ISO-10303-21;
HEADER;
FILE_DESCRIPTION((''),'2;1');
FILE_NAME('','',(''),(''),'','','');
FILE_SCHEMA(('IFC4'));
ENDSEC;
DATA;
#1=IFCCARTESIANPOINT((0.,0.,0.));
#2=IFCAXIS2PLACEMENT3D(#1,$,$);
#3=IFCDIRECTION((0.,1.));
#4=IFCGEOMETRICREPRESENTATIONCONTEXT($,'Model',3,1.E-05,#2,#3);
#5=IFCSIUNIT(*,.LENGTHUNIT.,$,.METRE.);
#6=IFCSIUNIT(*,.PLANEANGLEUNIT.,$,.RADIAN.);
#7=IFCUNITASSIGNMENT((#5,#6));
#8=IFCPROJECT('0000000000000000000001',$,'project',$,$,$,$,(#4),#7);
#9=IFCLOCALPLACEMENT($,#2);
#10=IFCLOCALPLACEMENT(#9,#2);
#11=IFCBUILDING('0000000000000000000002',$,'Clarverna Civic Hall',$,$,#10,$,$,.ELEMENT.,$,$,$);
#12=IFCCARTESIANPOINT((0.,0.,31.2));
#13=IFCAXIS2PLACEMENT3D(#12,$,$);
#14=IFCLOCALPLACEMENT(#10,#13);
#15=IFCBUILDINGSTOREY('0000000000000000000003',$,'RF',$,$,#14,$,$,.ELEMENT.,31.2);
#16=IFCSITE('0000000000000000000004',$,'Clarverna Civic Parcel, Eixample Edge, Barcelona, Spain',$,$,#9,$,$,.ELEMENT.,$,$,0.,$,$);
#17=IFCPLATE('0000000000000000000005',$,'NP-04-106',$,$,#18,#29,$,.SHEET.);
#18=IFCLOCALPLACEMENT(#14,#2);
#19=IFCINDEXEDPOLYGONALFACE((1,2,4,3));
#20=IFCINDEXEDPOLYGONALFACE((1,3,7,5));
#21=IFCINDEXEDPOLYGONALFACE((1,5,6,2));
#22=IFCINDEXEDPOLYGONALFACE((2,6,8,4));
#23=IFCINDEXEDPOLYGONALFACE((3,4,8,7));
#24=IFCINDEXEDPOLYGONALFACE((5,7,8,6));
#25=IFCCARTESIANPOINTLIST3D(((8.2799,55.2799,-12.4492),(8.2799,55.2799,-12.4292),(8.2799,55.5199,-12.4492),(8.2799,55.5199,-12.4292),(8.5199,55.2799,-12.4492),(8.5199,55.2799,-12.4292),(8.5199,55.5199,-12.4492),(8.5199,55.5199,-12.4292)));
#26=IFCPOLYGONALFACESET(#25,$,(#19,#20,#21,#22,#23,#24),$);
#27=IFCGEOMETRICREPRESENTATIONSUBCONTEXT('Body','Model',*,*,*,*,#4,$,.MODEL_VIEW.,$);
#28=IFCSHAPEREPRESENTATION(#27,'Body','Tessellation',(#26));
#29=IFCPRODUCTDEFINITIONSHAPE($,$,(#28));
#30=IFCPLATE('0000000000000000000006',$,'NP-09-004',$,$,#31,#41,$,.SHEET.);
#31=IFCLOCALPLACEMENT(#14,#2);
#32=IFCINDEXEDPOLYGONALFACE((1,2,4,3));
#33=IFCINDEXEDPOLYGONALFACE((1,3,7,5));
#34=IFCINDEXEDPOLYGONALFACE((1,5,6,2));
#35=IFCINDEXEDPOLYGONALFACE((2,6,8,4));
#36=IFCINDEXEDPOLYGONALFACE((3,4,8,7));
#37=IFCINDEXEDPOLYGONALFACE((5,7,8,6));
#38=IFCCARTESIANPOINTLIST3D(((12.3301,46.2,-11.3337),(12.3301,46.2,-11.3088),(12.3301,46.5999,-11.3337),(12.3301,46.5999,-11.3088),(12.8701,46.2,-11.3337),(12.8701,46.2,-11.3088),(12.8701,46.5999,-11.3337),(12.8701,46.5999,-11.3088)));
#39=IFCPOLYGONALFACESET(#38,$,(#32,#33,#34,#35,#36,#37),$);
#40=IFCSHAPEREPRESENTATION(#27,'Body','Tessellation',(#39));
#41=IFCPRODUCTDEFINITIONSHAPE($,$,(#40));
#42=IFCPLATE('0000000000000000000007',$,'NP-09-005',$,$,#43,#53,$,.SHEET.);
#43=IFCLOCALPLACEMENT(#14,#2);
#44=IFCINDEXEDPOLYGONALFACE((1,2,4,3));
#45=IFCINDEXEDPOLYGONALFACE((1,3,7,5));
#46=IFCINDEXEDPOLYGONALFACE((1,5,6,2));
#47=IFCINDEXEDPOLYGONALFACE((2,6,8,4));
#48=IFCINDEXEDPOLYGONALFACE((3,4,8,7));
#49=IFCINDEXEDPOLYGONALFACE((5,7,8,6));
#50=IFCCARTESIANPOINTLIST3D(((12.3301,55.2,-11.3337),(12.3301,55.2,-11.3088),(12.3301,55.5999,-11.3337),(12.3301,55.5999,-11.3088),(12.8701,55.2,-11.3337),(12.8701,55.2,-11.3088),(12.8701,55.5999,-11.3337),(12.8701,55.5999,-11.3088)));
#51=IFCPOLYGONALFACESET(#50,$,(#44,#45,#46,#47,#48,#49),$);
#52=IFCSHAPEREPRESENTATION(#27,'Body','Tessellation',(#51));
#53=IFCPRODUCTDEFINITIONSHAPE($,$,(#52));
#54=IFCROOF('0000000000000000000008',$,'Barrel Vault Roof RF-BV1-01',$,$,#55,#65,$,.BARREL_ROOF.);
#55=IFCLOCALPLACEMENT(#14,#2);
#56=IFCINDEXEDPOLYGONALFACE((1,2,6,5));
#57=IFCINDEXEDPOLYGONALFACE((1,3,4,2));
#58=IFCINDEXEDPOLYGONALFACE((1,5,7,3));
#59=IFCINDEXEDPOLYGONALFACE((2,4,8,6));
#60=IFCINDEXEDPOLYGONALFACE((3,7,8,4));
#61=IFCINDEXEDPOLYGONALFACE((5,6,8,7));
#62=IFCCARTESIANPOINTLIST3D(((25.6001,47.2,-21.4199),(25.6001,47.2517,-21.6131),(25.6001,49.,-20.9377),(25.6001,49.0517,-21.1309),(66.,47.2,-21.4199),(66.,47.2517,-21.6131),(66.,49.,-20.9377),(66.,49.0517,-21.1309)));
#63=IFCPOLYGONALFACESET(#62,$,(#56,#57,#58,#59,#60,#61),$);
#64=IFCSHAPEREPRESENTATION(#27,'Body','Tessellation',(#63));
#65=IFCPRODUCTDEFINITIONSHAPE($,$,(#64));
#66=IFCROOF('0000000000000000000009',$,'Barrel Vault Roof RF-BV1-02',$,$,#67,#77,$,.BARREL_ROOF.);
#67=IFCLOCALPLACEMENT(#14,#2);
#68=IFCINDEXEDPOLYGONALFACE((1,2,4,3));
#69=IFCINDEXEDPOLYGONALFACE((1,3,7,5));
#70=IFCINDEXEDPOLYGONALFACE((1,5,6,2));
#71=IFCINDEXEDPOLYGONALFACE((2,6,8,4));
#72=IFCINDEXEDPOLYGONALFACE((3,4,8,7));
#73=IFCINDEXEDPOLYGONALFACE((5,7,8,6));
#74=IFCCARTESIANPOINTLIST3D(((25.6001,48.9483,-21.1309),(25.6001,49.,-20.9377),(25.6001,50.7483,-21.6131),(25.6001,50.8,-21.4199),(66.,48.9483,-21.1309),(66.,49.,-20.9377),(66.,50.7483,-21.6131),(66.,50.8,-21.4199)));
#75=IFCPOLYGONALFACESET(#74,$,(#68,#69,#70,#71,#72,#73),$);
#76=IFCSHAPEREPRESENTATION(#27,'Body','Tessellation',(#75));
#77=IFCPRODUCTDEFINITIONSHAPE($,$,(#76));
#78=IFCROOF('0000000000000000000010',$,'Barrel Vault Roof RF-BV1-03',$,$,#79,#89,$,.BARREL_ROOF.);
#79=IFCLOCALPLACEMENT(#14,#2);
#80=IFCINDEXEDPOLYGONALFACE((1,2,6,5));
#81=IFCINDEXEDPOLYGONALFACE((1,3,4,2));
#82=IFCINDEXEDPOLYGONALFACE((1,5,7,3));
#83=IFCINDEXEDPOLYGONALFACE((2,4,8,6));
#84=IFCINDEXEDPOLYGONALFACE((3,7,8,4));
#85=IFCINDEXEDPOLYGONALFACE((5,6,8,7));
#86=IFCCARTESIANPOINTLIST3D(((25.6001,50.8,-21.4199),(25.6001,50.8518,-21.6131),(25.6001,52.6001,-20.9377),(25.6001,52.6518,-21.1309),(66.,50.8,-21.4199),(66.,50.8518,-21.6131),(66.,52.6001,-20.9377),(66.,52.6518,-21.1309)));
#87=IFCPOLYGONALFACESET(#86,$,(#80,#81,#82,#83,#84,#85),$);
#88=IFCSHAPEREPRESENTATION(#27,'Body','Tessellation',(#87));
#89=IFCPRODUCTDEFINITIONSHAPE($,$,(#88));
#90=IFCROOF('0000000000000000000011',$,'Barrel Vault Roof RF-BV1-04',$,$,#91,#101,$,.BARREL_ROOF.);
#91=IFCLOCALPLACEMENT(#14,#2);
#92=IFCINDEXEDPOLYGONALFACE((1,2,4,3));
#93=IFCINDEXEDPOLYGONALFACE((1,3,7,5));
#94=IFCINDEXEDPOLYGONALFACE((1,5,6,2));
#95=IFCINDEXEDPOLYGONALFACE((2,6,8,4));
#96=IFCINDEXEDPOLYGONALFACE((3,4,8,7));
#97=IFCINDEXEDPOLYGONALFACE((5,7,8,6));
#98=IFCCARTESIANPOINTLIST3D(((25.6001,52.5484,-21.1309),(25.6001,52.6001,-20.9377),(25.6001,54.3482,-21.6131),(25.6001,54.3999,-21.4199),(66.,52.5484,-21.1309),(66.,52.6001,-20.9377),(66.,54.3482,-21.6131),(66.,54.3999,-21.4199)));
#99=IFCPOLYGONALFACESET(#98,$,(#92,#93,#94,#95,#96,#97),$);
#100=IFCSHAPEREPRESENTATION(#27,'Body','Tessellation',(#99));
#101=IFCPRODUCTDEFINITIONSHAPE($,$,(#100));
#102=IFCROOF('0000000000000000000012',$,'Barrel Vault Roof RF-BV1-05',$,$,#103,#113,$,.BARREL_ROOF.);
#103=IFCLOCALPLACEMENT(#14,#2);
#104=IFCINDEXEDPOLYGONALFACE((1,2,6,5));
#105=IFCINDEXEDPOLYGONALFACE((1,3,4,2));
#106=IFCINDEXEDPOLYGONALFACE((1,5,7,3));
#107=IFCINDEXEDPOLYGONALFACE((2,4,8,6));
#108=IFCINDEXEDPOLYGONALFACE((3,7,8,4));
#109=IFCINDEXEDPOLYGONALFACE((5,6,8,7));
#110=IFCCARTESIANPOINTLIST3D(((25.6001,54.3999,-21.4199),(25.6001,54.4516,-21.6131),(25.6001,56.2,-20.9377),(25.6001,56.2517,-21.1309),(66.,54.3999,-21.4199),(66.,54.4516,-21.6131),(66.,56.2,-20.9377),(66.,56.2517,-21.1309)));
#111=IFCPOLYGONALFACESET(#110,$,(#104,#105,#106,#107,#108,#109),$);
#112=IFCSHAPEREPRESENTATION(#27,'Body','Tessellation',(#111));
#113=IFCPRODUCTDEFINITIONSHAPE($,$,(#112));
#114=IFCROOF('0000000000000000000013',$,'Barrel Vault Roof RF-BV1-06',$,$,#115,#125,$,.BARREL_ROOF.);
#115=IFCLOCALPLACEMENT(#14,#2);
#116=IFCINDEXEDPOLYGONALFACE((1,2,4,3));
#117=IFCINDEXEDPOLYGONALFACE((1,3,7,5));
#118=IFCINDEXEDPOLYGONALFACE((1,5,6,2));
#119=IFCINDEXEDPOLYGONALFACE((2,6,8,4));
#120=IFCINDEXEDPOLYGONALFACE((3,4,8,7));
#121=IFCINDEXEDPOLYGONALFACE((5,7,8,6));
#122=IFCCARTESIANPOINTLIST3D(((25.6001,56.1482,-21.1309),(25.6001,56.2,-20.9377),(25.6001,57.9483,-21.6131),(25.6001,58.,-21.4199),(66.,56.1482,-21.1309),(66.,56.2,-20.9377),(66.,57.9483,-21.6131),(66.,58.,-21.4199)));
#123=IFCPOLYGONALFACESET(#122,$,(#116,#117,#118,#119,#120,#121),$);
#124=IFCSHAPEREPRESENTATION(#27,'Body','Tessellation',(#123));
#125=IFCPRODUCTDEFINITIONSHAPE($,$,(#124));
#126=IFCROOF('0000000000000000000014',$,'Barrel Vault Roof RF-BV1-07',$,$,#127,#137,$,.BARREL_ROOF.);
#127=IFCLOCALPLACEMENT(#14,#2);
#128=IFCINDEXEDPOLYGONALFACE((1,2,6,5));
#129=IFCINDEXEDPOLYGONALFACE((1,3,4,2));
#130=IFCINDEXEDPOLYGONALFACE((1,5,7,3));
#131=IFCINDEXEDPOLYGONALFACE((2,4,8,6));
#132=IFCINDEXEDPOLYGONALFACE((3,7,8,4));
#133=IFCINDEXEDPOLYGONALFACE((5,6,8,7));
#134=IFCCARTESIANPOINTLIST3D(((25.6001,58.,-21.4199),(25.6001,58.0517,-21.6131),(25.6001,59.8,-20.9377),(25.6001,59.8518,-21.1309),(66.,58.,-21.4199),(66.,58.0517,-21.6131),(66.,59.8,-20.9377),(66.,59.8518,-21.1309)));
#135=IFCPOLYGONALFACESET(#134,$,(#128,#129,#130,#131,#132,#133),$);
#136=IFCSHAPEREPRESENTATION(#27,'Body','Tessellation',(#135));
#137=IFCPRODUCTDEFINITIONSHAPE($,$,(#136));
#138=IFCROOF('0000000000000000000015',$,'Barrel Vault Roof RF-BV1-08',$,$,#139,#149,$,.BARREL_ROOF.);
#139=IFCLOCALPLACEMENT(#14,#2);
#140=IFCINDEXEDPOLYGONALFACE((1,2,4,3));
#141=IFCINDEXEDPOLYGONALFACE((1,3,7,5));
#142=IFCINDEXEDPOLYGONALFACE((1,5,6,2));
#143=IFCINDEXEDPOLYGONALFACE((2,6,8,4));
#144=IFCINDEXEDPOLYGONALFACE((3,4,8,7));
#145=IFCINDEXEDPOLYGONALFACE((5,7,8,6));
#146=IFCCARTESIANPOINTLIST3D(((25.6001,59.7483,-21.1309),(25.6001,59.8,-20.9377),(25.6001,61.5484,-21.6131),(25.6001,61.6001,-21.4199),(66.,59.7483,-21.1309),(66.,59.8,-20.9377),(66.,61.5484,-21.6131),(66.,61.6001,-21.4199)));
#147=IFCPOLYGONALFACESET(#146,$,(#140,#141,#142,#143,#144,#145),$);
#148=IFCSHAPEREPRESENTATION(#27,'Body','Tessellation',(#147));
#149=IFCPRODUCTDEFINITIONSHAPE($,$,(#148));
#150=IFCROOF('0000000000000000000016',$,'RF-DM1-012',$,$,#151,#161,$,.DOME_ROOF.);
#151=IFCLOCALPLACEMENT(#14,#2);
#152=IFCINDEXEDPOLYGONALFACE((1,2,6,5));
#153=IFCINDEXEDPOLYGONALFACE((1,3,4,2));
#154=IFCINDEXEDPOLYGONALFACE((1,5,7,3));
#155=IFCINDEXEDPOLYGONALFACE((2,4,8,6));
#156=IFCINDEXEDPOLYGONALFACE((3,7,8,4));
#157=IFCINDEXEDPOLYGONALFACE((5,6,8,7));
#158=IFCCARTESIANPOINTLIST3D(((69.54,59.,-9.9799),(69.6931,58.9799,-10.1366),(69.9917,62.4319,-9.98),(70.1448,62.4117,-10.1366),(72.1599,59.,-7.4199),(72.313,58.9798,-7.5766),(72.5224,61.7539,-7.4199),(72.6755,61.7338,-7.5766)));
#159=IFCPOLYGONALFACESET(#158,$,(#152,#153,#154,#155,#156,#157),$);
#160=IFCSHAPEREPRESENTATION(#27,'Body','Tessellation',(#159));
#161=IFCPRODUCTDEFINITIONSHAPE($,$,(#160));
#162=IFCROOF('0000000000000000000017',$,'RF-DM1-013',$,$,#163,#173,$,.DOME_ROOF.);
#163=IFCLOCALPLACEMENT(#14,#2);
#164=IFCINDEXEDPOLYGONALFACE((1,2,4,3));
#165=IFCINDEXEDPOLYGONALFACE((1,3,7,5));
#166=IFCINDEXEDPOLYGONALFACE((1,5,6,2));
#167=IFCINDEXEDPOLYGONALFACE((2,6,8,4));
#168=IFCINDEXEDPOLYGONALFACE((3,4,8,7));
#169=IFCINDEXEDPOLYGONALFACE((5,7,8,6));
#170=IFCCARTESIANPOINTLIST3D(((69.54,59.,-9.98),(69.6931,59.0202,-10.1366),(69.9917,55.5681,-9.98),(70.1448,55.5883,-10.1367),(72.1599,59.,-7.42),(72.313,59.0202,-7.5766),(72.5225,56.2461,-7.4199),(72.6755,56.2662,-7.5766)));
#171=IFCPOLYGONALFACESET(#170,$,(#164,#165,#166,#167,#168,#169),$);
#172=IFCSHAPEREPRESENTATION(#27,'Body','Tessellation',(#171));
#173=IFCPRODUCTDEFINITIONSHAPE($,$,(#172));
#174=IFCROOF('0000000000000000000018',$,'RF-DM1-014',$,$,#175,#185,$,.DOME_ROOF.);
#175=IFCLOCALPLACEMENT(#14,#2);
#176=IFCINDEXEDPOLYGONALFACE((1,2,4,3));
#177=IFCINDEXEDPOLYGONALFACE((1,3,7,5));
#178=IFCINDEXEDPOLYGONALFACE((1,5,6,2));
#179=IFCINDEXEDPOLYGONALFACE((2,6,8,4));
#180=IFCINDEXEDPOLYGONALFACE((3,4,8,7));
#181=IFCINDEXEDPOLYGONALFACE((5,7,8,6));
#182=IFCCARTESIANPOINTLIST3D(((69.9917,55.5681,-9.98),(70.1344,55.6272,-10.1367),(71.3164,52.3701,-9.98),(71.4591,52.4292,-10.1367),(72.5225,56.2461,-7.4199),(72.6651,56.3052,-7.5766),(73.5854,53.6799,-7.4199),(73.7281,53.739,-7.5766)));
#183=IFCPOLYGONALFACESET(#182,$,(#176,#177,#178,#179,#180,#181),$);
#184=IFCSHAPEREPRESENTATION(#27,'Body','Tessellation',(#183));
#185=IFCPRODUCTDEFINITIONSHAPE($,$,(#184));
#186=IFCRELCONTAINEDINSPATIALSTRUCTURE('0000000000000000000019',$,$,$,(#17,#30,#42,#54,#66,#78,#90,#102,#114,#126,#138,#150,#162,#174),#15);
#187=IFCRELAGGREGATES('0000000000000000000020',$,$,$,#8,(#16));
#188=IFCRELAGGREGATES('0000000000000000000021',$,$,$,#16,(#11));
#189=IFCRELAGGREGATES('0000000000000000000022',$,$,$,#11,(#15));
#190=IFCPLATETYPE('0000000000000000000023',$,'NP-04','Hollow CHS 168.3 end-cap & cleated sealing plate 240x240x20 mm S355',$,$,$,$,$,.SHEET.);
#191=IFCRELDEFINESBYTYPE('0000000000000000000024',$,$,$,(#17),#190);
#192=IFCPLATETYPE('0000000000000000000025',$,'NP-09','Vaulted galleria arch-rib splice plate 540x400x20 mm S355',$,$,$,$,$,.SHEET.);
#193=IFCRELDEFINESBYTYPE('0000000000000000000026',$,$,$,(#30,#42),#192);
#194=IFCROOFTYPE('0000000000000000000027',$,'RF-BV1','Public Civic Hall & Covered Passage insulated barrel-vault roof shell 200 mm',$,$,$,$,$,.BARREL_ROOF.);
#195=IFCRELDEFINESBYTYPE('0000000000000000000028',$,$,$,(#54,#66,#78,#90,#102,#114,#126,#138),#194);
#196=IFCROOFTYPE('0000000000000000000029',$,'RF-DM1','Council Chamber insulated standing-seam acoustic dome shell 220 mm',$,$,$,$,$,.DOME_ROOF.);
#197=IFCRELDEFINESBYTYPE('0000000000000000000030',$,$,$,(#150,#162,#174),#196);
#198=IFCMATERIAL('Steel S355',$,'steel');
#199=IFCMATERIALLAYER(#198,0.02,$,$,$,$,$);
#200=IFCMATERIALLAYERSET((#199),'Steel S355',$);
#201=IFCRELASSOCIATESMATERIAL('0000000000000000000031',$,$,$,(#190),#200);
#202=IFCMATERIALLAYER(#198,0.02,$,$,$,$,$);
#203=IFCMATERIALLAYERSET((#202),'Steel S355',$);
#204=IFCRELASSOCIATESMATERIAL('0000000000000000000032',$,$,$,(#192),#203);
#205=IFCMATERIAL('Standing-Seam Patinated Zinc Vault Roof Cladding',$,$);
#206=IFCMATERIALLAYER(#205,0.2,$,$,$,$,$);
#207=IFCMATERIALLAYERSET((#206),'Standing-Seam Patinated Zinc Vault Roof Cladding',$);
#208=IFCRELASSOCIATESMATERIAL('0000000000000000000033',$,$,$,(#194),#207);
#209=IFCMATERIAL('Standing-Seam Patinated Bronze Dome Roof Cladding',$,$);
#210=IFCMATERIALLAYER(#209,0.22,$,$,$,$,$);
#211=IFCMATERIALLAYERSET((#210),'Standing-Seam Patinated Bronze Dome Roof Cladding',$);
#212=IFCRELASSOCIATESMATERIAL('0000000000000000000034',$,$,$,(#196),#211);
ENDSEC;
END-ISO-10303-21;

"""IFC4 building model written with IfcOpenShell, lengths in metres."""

from ifc_helpers import new_model, si_unit, direction, frame, origin, origin_2d, place, context, subcontext, project, spatial, polyline, rectangle, outline, extrude, material, layer, layer_set, type_object, element, save


model = new_model("IFC4")

# Units and contexts
model_context = context("Model", 3, precision=1e-05, world=origin(), true_north=direction((0.0, 1.0)))
body_context = subcontext(model_context, "Body", "Model", "MODEL_VIEW")
ifc_project = project(units=[si_unit("LENGTHUNIT", "METRE"), si_unit("PLANEANGLEUNIT", "RADIAN")], contexts=[model_context])

# Site, building, storey
site_placement = place(None, origin())
site = spatial("IfcSite", under=ifc_project, at=site_placement, Name="Clarverna Civic Parcel, Eixample Edge, Barcelona, Spain", CompositionType="ELEMENT", RefElevation=0.0)
building_placement = place(site_placement, origin())
building = spatial("IfcBuilding", under=site, at=building_placement, Name="Clarverna Civic Hall", CompositionType="ELEMENT")
storey_placement = place(building_placement, frame((0.0, 0.0, 31.2)))
storey = spatial("IfcBuildingStorey", under=building, at=storey_placement, Name="RF", CompositionType="ELEMENT", Elevation=31.2)

# Shared definitions
ifc_material_1 = material(Name="Steel S355", Category="steel")

# Plates
ifc_layer_1 = layer(ifc_material_1, 0.02)
ifc_layer_set_1 = layer_set([ifc_layer_1], Name="Steel S355")
plate_type_1 = type_object("IfcPlateType", Name="NP-04", Description="Hollow CHS 168.3 end-cap & cleated sealing plate 240x240x20 mm S355", PredefinedType="SHEET", material=ifc_layer_set_1)
plate_placement = place(storey_placement, frame((8.3999, 55.3999, -12.4492), z_axis=(0.0, 0.0, 1.0), x_axis=(1.0, 0.0, 0.0)))
element("IfcPlate", 1, at=plate_placement, inside=storey, type_object=plate_type_1, Name="NP-04-106", PredefinedType="SHEET", context=body_context, shape_type="SweptSolid", body=[
    extrude(rectangle(XDim=0.24, YDim=0.24, at=origin_2d()), origin(), (0.0, 0.0, 1.0), 0.02),
])
ifc_layer_2 = layer(ifc_material_1, 0.02)
ifc_layer_set_2 = layer_set([ifc_layer_2], Name="Steel S355")
plate_type_2 = type_object("IfcPlateType", Name="NP-09", Description="Vaulted galleria arch-rib splice plate 540x400x20 mm S355", PredefinedType="SHEET", material=ifc_layer_set_2)
for number, where, z_axis, x_axis, name in (
    (2, (12.6001, 46.3999, -11.3337), (0.0, 0.0, 1.0), (1.0, 0.0, 0.0), "NP-09-004"),
    (3, (12.6001, 55.3999, -11.3337), (0.0, 0.0, 1.0), (1.0, 0.0, 0.0), "NP-09-005"),
):
    element("IfcPlate", number, at=place(storey_placement, frame(where, z_axis=z_axis, x_axis=x_axis)), inside=storey, type_object=plate_type_2, Name=name, PredefinedType="SHEET", context=body_context, shape_type="SweptSolid", body=[
        extrude(rectangle(XDim=0.54, YDim=0.3999, at=origin_2d()), origin(), (0.0, 0.0, 1.0), 0.0249),
    ])

# Roofs
ifc_material_2 = material(Name="Standing-Seam Patinated Zinc Vault Roof Cladding")
ifc_layer_3 = layer(ifc_material_2, 0.2)
ifc_layer_set_3 = layer_set([ifc_layer_3], Name="Standing-Seam Patinated Zinc Vault Roof Cladding")
roof_type_1 = type_object("IfcRoofType", Name="RF-BV1", Description="Public Civic Hall & Covered Passage insulated barrel-vault roof shell 200 mm", PredefinedType="BARREL_ROOF", material=ifc_layer_set_3)
for number, where, z_axis, x_axis, name in (
    (4, (25.6001, 47.2, -21.4199), (0.0, -0.258747, 0.965945), (1.0, 0.0, 0.0), "Barrel Vault Roof RF-BV1-01"),
    (5, (25.6001, 49.0, -20.9377), (0.0, 0.258747, 0.965945), (1.0, 0.0, 0.0), "Barrel Vault Roof RF-BV1-02"),
    (6, (25.6001, 50.8, -21.4199), (0.0, -0.258747, 0.965945), (1.0, 0.0, 0.0), "Barrel Vault Roof RF-BV1-03"),
):
    element("IfcRoof", number, at=place(storey_placement, frame(where, z_axis=z_axis, x_axis=x_axis)), inside=storey, type_object=roof_type_1, Name=name, PredefinedType="BARREL_ROOF", context=body_context, shape_type="SweptSolid", body=[
        extrude(outline(polyline([(0.0, 0.0), (40.3999, 0.0), (40.3999, 1.8635), (0.0, 1.8635), (0.0, 0.0)])), origin(), (0.0, 0.0, -1.0), 0.2),
    ])
roof_1_placement = place(storey_placement, frame((25.6001, 52.6001, -20.9377), z_axis=(0.0, 0.25878, 0.965936), x_axis=(1.0, 0.0, 0.0)))
element("IfcRoof", 7, at=roof_1_placement, inside=storey, type_object=roof_type_1, Name="Barrel Vault Roof RF-BV1-04", PredefinedType="BARREL_ROOF", context=body_context, shape_type="SweptSolid", body=[
    extrude(outline(polyline([(0.0, 0.0), (40.3999, 0.0), (40.3999, 1.8633), (0.0, 1.8633), (0.0, 0.0)])), origin(), (0.0, 0.0, -1.0), 0.2),
])
for number, where, z_axis, x_axis, name in (
    (8, (25.6001, 54.3999, -21.4199), (0.0, -0.258747, 0.965945), (1.0, 0.0, 0.0), "Barrel Vault Roof RF-BV1-05"),
    (9, (25.6001, 56.2, -20.9377), (0.0, 0.258747, 0.965945), (1.0, 0.0, 0.0), "Barrel Vault Roof RF-BV1-06"),
    (10, (25.6001, 58.0, -21.4199), (0.0, -0.258747, 0.965945), (1.0, 0.0, 0.0), "Barrel Vault Roof RF-BV1-07"),
    (11, (25.6001, 59.8, -20.9377), (0.0, 0.258747, 0.965945), (1.0, 0.0, 0.0), "Barrel Vault Roof RF-BV1-08"),
):
    element("IfcRoof", number, at=place(storey_placement, frame(where, z_axis=z_axis, x_axis=x_axis)), inside=storey, type_object=roof_type_1, Name=name, PredefinedType="BARREL_ROOF", context=body_context, shape_type="SweptSolid", body=[
        extrude(outline(polyline([(0.0, 0.0), (40.3999, 0.0), (40.3999, 1.8635), (0.0, 1.8635), (0.0, 0.0)])), origin(), (0.0, 0.0, -1.0), 0.2),
    ])
ifc_material_3 = material(Name="Standing-Seam Patinated Bronze Dome Roof Cladding")
ifc_layer_4 = layer(ifc_material_3, 0.22)
ifc_layer_set_4 = layer_set([ifc_layer_4], Name="Standing-Seam Patinated Bronze Dome Roof Cladding")
roof_type_2 = type_object("IfcRoofType", Name="RF-DM1", Description="Council Chamber insulated standing-seam acoustic dome shell 220 mm", PredefinedType="DOME_ROOF", material=ifc_layer_set_4)
roof_2_placement = place(storey_placement, frame((69.9917, 62.4319, -9.98), z_axis=(-0.695948, 0.091605, 0.712226), x_axis=(-0.130491, -0.99145, 0.000009)))
element("IfcRoof", 12, at=roof_2_placement, inside=storey, type_object=roof_type_2, Name="RF-DM1-012", PredefinedType="DOME_ROOF", context=body_context, shape_type="SweptSolid", body=[
    extrude(outline(polyline([(0.0, 0.0), (3.4615, 0.0), (3.1196, 3.647), (0.342, 3.6471), (0.0, 0.0)])), origin(), (0.0, 0.0, -1.0), 0.22),
])
roof_3_placement = place(storey_placement, frame((69.54, 59.0, -9.98), z_axis=(-0.695948, -0.091605, 0.712226), x_axis=(0.130491, -0.99145, -0.000009)))
element("IfcRoof", 13, at=roof_3_placement, inside=storey, type_object=roof_type_2, Name="RF-DM1-013", PredefinedType="DOME_ROOF", context=body_context, shape_type="SweptSolid", body=[
    extrude(outline(polyline([(0.0, 0.0), (3.4615, 0.0), (3.1195, 3.6471), (0.3418, 3.647), (0.0, 0.0)])), origin(), (0.0, 0.0, -1.0), 0.22),
])
roof_4_placement = place(storey_placement, frame((69.9917, 55.5681, -9.98), z_axis=(-0.648509, -0.268633, 0.712231), x_axis=(0.382697, -0.923874, 0.0)))
element("IfcRoof", 14, at=roof_4_placement, inside=storey, type_object=roof_type_2, Name="RF-DM1-014", PredefinedType="DOME_ROOF", context=body_context, shape_type="SweptSolid", body=[
    extrude(outline(polyline([(0.0, 0.0), (3.4615, 0.0), (3.1198, 3.6471), (0.3421, 3.6471), (0.0, 0.0)])), origin(), (0.0, 0.0, -1.0), 0.22),
])

save(model, "model.ifc")
